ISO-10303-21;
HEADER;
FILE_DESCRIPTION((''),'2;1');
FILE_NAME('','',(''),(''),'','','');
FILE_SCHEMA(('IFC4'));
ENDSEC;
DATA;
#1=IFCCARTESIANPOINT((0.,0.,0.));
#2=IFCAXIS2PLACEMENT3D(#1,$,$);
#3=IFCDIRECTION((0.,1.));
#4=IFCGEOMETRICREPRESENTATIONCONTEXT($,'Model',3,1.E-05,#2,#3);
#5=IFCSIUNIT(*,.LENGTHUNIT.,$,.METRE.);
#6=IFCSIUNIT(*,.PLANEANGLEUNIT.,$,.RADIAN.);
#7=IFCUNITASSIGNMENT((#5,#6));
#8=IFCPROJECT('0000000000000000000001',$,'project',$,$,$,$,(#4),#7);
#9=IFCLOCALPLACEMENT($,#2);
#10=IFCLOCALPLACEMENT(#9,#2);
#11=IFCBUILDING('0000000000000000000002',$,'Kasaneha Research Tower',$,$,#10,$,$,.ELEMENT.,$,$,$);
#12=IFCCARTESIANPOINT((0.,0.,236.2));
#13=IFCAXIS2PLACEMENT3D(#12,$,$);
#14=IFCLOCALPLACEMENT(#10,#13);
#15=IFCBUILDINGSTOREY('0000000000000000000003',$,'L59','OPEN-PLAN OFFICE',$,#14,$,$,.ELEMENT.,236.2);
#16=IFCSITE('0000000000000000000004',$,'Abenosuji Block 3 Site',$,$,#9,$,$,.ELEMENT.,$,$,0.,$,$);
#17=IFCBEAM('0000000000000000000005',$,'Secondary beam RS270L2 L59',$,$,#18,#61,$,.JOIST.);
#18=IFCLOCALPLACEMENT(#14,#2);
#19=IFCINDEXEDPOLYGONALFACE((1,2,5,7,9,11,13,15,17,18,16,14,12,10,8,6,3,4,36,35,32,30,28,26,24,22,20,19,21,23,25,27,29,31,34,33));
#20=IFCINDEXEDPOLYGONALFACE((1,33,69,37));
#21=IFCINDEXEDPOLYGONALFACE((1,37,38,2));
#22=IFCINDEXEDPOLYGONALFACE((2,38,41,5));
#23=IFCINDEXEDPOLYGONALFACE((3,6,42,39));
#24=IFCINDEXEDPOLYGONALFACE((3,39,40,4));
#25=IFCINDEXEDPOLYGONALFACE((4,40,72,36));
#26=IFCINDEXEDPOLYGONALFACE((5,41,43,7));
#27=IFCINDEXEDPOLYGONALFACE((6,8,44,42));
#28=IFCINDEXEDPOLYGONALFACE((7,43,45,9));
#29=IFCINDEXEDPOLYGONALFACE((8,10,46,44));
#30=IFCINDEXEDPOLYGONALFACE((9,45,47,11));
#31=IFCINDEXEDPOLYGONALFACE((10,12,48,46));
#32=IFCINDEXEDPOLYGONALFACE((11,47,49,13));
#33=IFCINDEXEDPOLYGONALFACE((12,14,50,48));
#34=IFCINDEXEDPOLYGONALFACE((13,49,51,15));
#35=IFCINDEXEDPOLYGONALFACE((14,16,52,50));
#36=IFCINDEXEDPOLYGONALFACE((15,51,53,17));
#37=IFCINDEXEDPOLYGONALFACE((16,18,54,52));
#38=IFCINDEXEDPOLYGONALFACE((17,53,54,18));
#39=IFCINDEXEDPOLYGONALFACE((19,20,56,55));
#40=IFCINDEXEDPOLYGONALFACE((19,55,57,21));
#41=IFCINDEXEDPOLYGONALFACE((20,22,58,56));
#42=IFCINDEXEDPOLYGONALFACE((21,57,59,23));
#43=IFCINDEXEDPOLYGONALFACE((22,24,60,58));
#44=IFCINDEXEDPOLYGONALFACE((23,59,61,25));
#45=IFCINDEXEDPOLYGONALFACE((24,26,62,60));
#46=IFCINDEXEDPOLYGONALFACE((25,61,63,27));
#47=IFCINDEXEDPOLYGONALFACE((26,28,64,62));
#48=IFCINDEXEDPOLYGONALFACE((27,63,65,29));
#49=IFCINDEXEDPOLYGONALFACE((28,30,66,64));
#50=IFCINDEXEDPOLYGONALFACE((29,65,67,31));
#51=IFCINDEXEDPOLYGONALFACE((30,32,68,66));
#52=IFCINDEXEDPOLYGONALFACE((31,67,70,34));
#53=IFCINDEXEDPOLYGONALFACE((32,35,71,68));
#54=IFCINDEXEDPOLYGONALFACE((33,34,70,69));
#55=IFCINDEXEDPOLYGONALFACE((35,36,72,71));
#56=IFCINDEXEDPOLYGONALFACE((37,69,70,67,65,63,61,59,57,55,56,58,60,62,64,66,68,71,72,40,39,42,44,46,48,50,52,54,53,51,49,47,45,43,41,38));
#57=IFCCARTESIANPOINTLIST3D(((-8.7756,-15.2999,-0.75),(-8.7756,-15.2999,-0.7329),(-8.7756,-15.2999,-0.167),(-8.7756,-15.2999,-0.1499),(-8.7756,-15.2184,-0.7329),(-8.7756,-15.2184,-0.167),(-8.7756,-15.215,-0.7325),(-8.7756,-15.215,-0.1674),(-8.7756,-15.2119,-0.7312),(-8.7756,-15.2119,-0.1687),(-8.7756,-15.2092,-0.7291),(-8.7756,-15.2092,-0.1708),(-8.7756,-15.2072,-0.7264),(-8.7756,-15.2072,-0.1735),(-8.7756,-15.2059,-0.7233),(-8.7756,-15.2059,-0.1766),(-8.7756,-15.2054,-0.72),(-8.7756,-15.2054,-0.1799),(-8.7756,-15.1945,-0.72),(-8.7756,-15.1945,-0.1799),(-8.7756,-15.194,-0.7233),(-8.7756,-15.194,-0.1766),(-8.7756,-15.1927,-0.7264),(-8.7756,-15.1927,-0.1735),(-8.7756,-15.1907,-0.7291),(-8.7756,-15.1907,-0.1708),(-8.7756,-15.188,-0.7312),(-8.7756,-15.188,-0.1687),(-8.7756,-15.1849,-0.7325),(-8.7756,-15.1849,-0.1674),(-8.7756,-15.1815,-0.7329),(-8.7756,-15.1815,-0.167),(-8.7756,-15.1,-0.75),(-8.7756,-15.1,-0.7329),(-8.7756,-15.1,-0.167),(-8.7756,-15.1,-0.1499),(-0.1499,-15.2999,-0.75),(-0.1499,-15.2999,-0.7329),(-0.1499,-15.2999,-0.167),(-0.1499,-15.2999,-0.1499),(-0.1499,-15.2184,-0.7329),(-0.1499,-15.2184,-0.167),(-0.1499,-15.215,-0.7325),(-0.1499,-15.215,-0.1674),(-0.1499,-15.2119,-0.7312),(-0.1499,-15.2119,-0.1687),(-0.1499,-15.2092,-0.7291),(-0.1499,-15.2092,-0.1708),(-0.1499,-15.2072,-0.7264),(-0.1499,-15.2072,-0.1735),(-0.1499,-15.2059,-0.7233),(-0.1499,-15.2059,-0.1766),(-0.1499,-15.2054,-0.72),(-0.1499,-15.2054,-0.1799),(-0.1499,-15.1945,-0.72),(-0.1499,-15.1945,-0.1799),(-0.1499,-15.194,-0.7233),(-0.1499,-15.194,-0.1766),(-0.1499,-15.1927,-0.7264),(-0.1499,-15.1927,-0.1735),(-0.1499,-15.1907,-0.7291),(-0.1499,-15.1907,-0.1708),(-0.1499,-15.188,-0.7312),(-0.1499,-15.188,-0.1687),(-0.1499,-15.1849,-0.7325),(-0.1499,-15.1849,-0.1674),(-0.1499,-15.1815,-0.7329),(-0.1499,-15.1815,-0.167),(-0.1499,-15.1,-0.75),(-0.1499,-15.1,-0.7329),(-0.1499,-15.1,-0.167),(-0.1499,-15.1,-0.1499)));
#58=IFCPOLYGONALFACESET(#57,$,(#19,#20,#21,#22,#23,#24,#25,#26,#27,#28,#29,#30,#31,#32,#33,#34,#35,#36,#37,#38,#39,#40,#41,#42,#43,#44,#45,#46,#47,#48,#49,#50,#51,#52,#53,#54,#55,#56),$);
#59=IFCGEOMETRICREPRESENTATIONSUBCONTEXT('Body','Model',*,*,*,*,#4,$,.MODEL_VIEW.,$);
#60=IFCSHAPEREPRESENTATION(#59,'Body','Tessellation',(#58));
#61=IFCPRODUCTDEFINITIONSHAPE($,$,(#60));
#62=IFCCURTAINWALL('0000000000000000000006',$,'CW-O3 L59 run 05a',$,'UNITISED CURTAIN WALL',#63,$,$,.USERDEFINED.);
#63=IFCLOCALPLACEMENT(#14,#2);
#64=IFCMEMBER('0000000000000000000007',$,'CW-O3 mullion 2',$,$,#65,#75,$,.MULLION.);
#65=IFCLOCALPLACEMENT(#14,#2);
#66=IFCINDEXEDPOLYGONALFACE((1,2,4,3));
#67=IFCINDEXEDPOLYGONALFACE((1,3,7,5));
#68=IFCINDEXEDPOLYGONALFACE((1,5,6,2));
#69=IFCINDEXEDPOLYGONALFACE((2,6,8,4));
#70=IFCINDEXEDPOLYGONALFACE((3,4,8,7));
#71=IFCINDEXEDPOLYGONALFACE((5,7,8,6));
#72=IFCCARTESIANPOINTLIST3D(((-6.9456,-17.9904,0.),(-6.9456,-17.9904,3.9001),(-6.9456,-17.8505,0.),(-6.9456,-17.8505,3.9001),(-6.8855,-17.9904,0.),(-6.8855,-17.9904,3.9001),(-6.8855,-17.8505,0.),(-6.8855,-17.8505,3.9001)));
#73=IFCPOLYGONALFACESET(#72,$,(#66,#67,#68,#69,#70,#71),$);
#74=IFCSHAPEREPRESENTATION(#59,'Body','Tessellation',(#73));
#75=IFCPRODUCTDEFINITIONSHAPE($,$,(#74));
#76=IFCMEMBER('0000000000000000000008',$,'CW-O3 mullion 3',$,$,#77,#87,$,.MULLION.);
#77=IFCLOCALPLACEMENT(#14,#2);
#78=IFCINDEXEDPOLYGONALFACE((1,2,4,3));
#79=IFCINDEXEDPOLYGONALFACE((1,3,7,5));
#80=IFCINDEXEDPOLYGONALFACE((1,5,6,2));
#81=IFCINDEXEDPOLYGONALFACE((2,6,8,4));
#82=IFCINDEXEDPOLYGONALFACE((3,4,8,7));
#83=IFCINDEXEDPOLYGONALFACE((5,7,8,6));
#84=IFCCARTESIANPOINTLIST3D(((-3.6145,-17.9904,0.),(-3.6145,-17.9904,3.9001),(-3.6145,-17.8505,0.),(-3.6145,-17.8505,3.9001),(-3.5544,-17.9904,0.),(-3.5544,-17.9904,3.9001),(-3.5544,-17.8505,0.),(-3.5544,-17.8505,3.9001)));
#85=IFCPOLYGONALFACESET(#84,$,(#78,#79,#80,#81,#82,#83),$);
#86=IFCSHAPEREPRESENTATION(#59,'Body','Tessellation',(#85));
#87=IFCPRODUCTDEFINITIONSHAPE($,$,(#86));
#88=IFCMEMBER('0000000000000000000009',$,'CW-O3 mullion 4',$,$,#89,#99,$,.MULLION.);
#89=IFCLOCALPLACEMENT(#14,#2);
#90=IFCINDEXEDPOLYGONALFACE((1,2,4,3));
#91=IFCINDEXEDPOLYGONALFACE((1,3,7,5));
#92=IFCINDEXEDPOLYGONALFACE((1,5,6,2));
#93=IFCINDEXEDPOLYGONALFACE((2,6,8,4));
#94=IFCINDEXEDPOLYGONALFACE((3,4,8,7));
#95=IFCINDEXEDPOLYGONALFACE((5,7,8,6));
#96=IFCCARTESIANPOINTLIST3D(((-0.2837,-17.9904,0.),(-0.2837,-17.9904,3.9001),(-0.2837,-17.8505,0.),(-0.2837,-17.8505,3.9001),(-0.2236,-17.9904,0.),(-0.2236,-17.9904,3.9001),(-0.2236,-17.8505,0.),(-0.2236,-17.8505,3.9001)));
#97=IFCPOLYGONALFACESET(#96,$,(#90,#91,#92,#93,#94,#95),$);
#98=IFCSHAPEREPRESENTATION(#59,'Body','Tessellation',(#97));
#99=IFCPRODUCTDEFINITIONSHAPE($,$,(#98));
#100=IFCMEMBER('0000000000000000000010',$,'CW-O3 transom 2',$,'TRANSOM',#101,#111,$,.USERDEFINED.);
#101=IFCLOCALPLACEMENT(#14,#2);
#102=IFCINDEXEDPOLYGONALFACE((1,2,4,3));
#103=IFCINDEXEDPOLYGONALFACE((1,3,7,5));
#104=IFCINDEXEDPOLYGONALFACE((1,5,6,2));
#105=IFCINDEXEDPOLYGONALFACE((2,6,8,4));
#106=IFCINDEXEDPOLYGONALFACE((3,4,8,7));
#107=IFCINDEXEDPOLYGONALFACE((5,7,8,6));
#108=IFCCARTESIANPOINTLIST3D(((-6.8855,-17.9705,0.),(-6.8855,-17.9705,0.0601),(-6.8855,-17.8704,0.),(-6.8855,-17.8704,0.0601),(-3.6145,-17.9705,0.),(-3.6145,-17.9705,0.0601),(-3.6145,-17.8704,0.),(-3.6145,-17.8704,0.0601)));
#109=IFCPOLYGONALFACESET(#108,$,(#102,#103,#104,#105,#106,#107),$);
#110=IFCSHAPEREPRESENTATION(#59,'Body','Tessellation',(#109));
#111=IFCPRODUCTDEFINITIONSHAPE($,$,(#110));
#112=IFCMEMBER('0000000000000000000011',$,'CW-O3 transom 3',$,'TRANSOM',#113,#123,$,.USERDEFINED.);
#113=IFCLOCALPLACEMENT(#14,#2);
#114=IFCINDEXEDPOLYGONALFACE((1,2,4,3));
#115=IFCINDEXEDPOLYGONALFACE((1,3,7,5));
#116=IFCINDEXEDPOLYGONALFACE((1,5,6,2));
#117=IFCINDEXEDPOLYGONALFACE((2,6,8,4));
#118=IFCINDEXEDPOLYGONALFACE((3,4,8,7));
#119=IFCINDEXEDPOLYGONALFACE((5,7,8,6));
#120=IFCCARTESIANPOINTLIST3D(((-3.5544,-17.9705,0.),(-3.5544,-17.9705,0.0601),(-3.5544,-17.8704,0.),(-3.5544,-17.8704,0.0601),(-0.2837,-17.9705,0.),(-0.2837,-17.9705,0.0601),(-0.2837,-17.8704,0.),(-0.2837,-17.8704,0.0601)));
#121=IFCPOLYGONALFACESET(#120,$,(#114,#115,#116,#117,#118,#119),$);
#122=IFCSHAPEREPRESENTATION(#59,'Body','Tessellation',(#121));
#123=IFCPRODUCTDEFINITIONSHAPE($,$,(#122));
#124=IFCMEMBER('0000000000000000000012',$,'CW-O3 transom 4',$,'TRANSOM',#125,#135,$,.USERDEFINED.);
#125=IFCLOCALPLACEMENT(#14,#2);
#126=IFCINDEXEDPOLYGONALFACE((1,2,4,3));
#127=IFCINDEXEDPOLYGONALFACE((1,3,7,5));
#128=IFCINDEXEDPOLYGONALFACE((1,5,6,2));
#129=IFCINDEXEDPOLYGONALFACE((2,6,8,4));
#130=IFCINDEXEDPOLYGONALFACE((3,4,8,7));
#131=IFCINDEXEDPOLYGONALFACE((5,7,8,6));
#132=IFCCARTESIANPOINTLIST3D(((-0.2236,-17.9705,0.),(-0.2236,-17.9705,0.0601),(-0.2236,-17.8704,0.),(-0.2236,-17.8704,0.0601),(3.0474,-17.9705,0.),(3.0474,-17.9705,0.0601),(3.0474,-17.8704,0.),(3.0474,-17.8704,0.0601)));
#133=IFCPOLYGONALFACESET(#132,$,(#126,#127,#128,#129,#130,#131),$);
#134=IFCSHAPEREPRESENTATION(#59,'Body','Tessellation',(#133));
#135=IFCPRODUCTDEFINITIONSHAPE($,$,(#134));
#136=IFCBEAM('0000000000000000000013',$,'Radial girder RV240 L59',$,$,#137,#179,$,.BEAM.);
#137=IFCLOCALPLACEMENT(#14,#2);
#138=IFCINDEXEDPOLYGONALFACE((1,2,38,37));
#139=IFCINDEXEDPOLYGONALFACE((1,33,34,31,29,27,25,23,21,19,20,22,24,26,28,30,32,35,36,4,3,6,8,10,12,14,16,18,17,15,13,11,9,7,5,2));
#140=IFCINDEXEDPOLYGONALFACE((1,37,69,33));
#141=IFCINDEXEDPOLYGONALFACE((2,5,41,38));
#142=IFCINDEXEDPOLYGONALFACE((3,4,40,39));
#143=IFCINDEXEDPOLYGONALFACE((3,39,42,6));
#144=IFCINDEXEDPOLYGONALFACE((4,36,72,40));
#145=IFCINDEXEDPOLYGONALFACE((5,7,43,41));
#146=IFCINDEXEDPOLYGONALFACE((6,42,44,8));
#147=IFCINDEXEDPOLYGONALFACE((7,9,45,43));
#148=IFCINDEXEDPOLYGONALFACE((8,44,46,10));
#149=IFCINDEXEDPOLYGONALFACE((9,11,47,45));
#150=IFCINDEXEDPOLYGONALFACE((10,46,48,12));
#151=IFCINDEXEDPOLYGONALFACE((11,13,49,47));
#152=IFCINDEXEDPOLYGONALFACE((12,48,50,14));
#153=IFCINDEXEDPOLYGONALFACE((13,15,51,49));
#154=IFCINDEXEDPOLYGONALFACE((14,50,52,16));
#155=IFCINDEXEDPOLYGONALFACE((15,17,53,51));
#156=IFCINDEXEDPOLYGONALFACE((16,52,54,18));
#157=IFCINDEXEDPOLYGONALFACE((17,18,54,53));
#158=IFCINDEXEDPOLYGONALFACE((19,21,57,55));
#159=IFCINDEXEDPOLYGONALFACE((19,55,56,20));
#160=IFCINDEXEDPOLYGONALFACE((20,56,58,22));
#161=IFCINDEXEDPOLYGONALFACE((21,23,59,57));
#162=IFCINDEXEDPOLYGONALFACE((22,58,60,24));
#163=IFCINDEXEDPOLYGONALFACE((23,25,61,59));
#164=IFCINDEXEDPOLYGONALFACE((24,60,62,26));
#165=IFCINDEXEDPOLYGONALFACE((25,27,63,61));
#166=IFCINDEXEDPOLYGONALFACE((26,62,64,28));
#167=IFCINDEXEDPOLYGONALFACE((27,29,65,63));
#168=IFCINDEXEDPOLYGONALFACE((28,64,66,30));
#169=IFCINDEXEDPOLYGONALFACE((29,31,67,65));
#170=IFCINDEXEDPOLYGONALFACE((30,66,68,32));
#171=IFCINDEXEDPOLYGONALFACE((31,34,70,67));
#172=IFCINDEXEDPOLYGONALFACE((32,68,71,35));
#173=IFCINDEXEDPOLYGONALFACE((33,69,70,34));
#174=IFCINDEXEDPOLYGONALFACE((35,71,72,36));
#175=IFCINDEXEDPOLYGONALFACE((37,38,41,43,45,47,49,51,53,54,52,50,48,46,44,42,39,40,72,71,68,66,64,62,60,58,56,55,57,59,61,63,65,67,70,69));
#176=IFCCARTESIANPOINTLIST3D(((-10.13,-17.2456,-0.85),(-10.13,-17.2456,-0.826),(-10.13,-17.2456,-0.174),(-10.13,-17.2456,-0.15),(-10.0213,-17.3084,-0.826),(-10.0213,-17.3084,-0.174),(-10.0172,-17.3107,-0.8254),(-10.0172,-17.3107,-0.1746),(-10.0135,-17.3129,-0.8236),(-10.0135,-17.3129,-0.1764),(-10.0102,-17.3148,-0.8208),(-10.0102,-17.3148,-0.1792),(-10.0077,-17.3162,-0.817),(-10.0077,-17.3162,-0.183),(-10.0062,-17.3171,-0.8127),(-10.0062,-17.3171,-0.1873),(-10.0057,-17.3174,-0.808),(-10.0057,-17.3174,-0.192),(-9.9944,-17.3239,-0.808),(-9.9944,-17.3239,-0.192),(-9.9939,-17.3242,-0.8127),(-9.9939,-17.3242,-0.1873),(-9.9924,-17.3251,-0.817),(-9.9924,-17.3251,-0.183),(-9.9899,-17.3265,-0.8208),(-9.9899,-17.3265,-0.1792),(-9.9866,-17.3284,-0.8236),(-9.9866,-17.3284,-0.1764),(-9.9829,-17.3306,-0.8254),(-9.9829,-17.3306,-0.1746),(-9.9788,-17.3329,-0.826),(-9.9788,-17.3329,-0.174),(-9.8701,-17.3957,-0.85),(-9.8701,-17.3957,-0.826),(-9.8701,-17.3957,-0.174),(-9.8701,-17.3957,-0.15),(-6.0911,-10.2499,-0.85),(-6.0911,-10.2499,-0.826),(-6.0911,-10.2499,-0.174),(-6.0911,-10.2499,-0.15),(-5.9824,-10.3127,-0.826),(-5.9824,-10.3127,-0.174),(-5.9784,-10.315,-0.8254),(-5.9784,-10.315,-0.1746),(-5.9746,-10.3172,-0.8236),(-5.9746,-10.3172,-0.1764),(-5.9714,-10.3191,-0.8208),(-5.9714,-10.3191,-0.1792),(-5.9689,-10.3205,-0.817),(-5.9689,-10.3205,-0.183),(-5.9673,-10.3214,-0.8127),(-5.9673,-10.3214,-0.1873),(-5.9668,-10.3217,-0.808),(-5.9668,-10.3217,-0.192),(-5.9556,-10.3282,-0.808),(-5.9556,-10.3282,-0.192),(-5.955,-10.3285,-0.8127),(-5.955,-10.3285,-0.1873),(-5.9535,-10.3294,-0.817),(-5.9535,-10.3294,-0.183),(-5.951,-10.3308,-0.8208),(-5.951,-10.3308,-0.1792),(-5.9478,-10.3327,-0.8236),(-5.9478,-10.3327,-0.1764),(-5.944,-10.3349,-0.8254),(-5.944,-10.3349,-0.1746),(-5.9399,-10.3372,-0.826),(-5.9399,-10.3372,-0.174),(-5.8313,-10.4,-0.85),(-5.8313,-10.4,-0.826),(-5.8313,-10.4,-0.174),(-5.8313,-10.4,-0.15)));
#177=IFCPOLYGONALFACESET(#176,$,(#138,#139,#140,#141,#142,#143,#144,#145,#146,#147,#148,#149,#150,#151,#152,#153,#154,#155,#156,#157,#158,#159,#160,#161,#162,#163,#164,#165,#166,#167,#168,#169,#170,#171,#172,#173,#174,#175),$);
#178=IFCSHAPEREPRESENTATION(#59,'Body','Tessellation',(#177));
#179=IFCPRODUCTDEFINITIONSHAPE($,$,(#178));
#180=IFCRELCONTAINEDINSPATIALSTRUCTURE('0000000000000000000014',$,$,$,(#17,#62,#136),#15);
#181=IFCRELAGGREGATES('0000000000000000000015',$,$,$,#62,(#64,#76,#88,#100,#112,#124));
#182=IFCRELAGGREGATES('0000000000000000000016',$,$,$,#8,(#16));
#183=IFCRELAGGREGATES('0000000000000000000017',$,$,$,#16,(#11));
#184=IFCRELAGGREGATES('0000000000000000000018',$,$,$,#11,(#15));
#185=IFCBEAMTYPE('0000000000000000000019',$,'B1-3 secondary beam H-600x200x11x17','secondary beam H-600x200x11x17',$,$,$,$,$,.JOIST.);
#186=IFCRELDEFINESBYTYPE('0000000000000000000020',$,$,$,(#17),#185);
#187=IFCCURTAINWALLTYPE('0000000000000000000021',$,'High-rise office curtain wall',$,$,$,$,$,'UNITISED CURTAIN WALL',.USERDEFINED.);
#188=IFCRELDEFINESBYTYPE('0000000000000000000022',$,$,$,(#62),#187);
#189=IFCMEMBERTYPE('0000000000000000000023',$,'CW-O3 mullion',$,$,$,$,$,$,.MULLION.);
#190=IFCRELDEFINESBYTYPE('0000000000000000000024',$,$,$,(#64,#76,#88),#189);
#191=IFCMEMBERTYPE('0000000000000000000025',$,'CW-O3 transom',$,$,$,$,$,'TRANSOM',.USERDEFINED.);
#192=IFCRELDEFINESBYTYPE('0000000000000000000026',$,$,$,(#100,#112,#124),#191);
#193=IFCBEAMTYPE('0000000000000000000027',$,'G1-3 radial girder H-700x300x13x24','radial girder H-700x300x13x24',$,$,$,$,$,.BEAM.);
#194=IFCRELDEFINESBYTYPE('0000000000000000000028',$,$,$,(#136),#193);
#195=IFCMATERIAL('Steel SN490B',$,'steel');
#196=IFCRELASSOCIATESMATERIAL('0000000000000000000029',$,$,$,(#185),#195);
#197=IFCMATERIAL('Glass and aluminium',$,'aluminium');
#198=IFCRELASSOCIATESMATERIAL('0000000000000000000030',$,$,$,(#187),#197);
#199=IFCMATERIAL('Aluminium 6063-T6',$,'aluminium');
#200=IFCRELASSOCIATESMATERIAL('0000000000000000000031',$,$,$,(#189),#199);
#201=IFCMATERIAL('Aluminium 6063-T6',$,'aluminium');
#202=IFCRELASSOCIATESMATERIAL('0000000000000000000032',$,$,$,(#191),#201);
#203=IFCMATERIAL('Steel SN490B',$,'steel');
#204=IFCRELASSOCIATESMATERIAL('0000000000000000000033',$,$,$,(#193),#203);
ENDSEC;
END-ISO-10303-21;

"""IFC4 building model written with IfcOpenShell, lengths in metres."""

from ifc_helpers import new_model, si_unit, direction, frame, origin, origin_2d, place, context, subcontext, project, spatial, rectangle, i_section, extrude, material, material_profile, profile_set, type_object, element, aggregate, save


model = new_model("IFC4")

# Units and contexts
model_context = context("Model", 3, precision=1e-05, world=origin(), true_north=direction((0.0, 1.0)))
body_context = subcontext(model_context, "Body", "Model", "MODEL_VIEW")
ifc_project = project(units=[si_unit("LENGTHUNIT", "METRE"), si_unit("PLANEANGLEUNIT", "RADIAN")], contexts=[model_context])

# Site, building, storey
site_placement = place(None, origin())
site = spatial("IfcSite", under=ifc_project, at=site_placement, Name="Abenosuji Block 3 Site", CompositionType="ELEMENT", RefElevation=0.0)
building_placement = place(site_placement, origin())
building = spatial("IfcBuilding", under=site, at=building_placement, Name="Kasaneha Research Tower", CompositionType="ELEMENT")
storey_placement = place(building_placement, frame((0.0, 0.0, 236.2)))
storey = spatial("IfcBuildingStorey", under=building, at=storey_placement, Name="L59", Description="OPEN-PLAN OFFICE", CompositionType="ELEMENT", Elevation=236.2)

# Beam
ifc_material_1 = material(Name="Steel SN490B", Category="steel")
ifc_material_profile_1 = material_profile(ifc_material_1, i_section(OverallWidth=0.2, OverallDepth=0.6001, WebThickness=0.011, FlangeThickness=0.0171, FilletRadius=0.0129, at=origin_2d()), Name="H-600x200x11x17")
ifc_profile_set_1 = profile_set([ifc_material_profile_1], Name="Steel SN490B")
beam_type_1 = type_object("IfcBeamType", Name="B1-3 secondary beam H-600x200x11x17", Description="secondary beam H-600x200x11x17", PredefinedType="JOIST", material=ifc_profile_set_1)
beam_1_placement = place(storey_placement, frame((-8.7756, -15.2, -0.45), z_axis=(1.0, 0.0, 0.0), x_axis=(0.0, 1.0, 0.0)))
element("IfcBeam", 1, at=beam_1_placement, inside=storey, type_object=beam_type_1, Name="Secondary beam RS270L2 L59", PredefinedType="JOIST", context=body_context, shape_type="SweptSolid", body=[
    extrude(i_section(OverallWidth=0.2, OverallDepth=0.6001, WebThickness=0.011, FlangeThickness=0.0171, FilletRadius=0.0129, at=origin_2d()), origin(), (0.0, 0.0, 1.0), 8.6257),
])

# Curtain wall, members
ifc_material_2 = material(Name="Glass and aluminium", Category="aluminium")
curtain_wall_type = type_object("IfcCurtainWallType", Name="High-rise office curtain wall", ElementType="UNITISED CURTAIN WALL", PredefinedType="USERDEFINED", material=ifc_material_2)
curtain_wall_placement = place(storey_placement, origin())
curtain_wall = element("IfcCurtainWall", 2, at=curtain_wall_placement, inside=storey, type_object=curtain_wall_type, Name="CW-O3 L59 run 05a", ObjectType="UNITISED CURTAIN WALL", PredefinedType="USERDEFINED")
ifc_material_3 = material(Name="Aluminium 6063-T6", Category="aluminium")
ifc_material_profile_2 = material_profile(ifc_material_3, rectangle(XDim=0.0601, YDim=0.1399, at=origin_2d()), Name="CW-O3 mullion 60x140")
ifc_profile_set_2 = profile_set([ifc_material_profile_2], Name="Aluminium 6063-T6")
member_type_1 = type_object("IfcMemberType", Name="CW-O3 mullion", PredefinedType="MULLION", material=ifc_profile_set_2)
member_1_placement = place(storey_placement, frame((-6.9155, -17.9204, 0.0), z_axis=(0.0, 0.0, 1.0), x_axis=(1.0, 0.0, 0.0)))
member_1 = element("IfcMember", 3, at=member_1_placement, type_object=member_type_1, Name="CW-O3 mullion 2", PredefinedType="MULLION", context=body_context, shape_type="SweptSolid", body=[
    extrude(rectangle(XDim=0.0601, YDim=0.1399, at=origin_2d()), origin(), (0.0, 0.0, 1.0), 3.9001),
])
member_2_placement = place(storey_placement, frame((-3.5845, -17.9204, 0.0), z_axis=(0.0, 0.0, 1.0), x_axis=(1.0, 0.0, 0.0)))
member_2 = element("IfcMember", 4, at=member_2_placement, type_object=member_type_1, Name="CW-O3 mullion 3", PredefinedType="MULLION", context=body_context, shape_type="SweptSolid", body=[
    extrude(rectangle(XDim=0.0601, YDim=0.1399, at=origin_2d()), origin(), (0.0, 0.0, 1.0), 3.9001),
])
member_3_placement = place(storey_placement, frame((-0.2537, -17.9204, 0.0), z_axis=(0.0, 0.0, 1.0), x_axis=(1.0, 0.0, 0.0)))
member_3 = element("IfcMember", 5, at=member_3_placement, type_object=member_type_1, Name="CW-O3 mullion 4", PredefinedType="MULLION", context=body_context, shape_type="SweptSolid", body=[
    extrude(rectangle(XDim=0.0601, YDim=0.1399, at=origin_2d()), origin(), (0.0, 0.0, 1.0), 3.9001),
])
ifc_material_4 = material(Name="Aluminium 6063-T6", Category="aluminium")
ifc_material_profile_3 = material_profile(ifc_material_4, rectangle(XDim=0.1001, YDim=0.0601, at=origin_2d()), Name="CW-O3 transom 100x60")
ifc_profile_set_3 = profile_set([ifc_material_profile_3], Name="Aluminium 6063-T6")
member_type_2 = type_object("IfcMemberType", Name="CW-O3 transom", ElementType="TRANSOM", PredefinedType="USERDEFINED", material=ifc_profile_set_3)
member_4_placement = place(storey_placement, frame((-6.8855, -17.9204, 0.03), z_axis=(1.0, 0.0, 0.0), x_axis=(0.0, 1.0, 0.0)))
member_4 = element("IfcMember", 6, at=member_4_placement, type_object=member_type_2, Name="CW-O3 transom 2", ObjectType="TRANSOM", PredefinedType="USERDEFINED", context=body_context, shape_type="SweptSolid", body=[
    extrude(rectangle(XDim=0.1001, YDim=0.0601, at=origin_2d()), origin(), (0.0, 0.0, 1.0), 3.271),
])
member_5_placement = place(storey_placement, frame((-3.5544, -17.9204, 0.03), z_axis=(1.0, 0.0, 0.0), x_axis=(0.0, 1.0, 0.0)))
member_5 = element("IfcMember", 7, at=member_5_placement, type_object=member_type_2, Name="CW-O3 transom 3", ObjectType="TRANSOM", PredefinedType="USERDEFINED", context=body_context, shape_type="SweptSolid", body=[
    extrude(rectangle(XDim=0.1001, YDim=0.0601, at=origin_2d()), origin(), (0.0, 0.0, 1.0), 3.2708),
])
member_6_placement = place(storey_placement, frame((-0.2236, -17.9204, 0.03), z_axis=(1.0, 0.0, 0.0), x_axis=(0.0, 1.0, 0.0)))
member_6 = element("IfcMember", 8, at=member_6_placement, type_object=member_type_2, Name="CW-O3 transom 4", ObjectType="TRANSOM", PredefinedType="USERDEFINED", context=body_context, shape_type="SweptSolid", body=[
    extrude(rectangle(XDim=0.1001, YDim=0.0601, at=origin_2d()), origin(), (0.0, 0.0, 1.0), 3.271),
])

# Beam
ifc_material_5 = material(Name="Steel SN490B", Category="steel")
ifc_material_profile_4 = material_profile(ifc_material_5, i_section(OverallWidth=0.3, OverallDepth=0.7, WebThickness=0.0129, FlangeThickness=0.0239, FilletRadius=0.0181, at=origin_2d()), Name="H-700x300x13x24")
ifc_profile_set_4 = profile_set([ifc_material_profile_4], Name="Steel SN490B")
beam_type_2 = type_object("IfcBeamType", Name="G1-3 radial girder H-700x300x13x24", Description="radial girder H-700x300x13x24", PredefinedType="BEAM", material=ifc_profile_set_4)
beam_2_placement = place(storey_placement, frame((-5.9612, -10.325, -0.5), z_axis=(-0.499991, -0.866031, 0.0), x_axis=(0.866031, -0.499991, 0.0)))
element("IfcBeam", 9, at=beam_2_placement, inside=storey, type_object=beam_type_2, Name="Radial girder RV240 L59", PredefinedType="BEAM", context=body_context, shape_type="SweptSolid", body=[
    extrude(i_section(OverallWidth=0.3, OverallDepth=0.7, WebThickness=0.0129, FlangeThickness=0.0239, FilletRadius=0.0181, at=origin_2d()), origin(), (0.0, 0.0, 1.0), 8.0779),
])

aggregate(curtain_wall, [member_1, member_2, member_3, member_4, member_5, member_6])

save(model, "model.ifc")
